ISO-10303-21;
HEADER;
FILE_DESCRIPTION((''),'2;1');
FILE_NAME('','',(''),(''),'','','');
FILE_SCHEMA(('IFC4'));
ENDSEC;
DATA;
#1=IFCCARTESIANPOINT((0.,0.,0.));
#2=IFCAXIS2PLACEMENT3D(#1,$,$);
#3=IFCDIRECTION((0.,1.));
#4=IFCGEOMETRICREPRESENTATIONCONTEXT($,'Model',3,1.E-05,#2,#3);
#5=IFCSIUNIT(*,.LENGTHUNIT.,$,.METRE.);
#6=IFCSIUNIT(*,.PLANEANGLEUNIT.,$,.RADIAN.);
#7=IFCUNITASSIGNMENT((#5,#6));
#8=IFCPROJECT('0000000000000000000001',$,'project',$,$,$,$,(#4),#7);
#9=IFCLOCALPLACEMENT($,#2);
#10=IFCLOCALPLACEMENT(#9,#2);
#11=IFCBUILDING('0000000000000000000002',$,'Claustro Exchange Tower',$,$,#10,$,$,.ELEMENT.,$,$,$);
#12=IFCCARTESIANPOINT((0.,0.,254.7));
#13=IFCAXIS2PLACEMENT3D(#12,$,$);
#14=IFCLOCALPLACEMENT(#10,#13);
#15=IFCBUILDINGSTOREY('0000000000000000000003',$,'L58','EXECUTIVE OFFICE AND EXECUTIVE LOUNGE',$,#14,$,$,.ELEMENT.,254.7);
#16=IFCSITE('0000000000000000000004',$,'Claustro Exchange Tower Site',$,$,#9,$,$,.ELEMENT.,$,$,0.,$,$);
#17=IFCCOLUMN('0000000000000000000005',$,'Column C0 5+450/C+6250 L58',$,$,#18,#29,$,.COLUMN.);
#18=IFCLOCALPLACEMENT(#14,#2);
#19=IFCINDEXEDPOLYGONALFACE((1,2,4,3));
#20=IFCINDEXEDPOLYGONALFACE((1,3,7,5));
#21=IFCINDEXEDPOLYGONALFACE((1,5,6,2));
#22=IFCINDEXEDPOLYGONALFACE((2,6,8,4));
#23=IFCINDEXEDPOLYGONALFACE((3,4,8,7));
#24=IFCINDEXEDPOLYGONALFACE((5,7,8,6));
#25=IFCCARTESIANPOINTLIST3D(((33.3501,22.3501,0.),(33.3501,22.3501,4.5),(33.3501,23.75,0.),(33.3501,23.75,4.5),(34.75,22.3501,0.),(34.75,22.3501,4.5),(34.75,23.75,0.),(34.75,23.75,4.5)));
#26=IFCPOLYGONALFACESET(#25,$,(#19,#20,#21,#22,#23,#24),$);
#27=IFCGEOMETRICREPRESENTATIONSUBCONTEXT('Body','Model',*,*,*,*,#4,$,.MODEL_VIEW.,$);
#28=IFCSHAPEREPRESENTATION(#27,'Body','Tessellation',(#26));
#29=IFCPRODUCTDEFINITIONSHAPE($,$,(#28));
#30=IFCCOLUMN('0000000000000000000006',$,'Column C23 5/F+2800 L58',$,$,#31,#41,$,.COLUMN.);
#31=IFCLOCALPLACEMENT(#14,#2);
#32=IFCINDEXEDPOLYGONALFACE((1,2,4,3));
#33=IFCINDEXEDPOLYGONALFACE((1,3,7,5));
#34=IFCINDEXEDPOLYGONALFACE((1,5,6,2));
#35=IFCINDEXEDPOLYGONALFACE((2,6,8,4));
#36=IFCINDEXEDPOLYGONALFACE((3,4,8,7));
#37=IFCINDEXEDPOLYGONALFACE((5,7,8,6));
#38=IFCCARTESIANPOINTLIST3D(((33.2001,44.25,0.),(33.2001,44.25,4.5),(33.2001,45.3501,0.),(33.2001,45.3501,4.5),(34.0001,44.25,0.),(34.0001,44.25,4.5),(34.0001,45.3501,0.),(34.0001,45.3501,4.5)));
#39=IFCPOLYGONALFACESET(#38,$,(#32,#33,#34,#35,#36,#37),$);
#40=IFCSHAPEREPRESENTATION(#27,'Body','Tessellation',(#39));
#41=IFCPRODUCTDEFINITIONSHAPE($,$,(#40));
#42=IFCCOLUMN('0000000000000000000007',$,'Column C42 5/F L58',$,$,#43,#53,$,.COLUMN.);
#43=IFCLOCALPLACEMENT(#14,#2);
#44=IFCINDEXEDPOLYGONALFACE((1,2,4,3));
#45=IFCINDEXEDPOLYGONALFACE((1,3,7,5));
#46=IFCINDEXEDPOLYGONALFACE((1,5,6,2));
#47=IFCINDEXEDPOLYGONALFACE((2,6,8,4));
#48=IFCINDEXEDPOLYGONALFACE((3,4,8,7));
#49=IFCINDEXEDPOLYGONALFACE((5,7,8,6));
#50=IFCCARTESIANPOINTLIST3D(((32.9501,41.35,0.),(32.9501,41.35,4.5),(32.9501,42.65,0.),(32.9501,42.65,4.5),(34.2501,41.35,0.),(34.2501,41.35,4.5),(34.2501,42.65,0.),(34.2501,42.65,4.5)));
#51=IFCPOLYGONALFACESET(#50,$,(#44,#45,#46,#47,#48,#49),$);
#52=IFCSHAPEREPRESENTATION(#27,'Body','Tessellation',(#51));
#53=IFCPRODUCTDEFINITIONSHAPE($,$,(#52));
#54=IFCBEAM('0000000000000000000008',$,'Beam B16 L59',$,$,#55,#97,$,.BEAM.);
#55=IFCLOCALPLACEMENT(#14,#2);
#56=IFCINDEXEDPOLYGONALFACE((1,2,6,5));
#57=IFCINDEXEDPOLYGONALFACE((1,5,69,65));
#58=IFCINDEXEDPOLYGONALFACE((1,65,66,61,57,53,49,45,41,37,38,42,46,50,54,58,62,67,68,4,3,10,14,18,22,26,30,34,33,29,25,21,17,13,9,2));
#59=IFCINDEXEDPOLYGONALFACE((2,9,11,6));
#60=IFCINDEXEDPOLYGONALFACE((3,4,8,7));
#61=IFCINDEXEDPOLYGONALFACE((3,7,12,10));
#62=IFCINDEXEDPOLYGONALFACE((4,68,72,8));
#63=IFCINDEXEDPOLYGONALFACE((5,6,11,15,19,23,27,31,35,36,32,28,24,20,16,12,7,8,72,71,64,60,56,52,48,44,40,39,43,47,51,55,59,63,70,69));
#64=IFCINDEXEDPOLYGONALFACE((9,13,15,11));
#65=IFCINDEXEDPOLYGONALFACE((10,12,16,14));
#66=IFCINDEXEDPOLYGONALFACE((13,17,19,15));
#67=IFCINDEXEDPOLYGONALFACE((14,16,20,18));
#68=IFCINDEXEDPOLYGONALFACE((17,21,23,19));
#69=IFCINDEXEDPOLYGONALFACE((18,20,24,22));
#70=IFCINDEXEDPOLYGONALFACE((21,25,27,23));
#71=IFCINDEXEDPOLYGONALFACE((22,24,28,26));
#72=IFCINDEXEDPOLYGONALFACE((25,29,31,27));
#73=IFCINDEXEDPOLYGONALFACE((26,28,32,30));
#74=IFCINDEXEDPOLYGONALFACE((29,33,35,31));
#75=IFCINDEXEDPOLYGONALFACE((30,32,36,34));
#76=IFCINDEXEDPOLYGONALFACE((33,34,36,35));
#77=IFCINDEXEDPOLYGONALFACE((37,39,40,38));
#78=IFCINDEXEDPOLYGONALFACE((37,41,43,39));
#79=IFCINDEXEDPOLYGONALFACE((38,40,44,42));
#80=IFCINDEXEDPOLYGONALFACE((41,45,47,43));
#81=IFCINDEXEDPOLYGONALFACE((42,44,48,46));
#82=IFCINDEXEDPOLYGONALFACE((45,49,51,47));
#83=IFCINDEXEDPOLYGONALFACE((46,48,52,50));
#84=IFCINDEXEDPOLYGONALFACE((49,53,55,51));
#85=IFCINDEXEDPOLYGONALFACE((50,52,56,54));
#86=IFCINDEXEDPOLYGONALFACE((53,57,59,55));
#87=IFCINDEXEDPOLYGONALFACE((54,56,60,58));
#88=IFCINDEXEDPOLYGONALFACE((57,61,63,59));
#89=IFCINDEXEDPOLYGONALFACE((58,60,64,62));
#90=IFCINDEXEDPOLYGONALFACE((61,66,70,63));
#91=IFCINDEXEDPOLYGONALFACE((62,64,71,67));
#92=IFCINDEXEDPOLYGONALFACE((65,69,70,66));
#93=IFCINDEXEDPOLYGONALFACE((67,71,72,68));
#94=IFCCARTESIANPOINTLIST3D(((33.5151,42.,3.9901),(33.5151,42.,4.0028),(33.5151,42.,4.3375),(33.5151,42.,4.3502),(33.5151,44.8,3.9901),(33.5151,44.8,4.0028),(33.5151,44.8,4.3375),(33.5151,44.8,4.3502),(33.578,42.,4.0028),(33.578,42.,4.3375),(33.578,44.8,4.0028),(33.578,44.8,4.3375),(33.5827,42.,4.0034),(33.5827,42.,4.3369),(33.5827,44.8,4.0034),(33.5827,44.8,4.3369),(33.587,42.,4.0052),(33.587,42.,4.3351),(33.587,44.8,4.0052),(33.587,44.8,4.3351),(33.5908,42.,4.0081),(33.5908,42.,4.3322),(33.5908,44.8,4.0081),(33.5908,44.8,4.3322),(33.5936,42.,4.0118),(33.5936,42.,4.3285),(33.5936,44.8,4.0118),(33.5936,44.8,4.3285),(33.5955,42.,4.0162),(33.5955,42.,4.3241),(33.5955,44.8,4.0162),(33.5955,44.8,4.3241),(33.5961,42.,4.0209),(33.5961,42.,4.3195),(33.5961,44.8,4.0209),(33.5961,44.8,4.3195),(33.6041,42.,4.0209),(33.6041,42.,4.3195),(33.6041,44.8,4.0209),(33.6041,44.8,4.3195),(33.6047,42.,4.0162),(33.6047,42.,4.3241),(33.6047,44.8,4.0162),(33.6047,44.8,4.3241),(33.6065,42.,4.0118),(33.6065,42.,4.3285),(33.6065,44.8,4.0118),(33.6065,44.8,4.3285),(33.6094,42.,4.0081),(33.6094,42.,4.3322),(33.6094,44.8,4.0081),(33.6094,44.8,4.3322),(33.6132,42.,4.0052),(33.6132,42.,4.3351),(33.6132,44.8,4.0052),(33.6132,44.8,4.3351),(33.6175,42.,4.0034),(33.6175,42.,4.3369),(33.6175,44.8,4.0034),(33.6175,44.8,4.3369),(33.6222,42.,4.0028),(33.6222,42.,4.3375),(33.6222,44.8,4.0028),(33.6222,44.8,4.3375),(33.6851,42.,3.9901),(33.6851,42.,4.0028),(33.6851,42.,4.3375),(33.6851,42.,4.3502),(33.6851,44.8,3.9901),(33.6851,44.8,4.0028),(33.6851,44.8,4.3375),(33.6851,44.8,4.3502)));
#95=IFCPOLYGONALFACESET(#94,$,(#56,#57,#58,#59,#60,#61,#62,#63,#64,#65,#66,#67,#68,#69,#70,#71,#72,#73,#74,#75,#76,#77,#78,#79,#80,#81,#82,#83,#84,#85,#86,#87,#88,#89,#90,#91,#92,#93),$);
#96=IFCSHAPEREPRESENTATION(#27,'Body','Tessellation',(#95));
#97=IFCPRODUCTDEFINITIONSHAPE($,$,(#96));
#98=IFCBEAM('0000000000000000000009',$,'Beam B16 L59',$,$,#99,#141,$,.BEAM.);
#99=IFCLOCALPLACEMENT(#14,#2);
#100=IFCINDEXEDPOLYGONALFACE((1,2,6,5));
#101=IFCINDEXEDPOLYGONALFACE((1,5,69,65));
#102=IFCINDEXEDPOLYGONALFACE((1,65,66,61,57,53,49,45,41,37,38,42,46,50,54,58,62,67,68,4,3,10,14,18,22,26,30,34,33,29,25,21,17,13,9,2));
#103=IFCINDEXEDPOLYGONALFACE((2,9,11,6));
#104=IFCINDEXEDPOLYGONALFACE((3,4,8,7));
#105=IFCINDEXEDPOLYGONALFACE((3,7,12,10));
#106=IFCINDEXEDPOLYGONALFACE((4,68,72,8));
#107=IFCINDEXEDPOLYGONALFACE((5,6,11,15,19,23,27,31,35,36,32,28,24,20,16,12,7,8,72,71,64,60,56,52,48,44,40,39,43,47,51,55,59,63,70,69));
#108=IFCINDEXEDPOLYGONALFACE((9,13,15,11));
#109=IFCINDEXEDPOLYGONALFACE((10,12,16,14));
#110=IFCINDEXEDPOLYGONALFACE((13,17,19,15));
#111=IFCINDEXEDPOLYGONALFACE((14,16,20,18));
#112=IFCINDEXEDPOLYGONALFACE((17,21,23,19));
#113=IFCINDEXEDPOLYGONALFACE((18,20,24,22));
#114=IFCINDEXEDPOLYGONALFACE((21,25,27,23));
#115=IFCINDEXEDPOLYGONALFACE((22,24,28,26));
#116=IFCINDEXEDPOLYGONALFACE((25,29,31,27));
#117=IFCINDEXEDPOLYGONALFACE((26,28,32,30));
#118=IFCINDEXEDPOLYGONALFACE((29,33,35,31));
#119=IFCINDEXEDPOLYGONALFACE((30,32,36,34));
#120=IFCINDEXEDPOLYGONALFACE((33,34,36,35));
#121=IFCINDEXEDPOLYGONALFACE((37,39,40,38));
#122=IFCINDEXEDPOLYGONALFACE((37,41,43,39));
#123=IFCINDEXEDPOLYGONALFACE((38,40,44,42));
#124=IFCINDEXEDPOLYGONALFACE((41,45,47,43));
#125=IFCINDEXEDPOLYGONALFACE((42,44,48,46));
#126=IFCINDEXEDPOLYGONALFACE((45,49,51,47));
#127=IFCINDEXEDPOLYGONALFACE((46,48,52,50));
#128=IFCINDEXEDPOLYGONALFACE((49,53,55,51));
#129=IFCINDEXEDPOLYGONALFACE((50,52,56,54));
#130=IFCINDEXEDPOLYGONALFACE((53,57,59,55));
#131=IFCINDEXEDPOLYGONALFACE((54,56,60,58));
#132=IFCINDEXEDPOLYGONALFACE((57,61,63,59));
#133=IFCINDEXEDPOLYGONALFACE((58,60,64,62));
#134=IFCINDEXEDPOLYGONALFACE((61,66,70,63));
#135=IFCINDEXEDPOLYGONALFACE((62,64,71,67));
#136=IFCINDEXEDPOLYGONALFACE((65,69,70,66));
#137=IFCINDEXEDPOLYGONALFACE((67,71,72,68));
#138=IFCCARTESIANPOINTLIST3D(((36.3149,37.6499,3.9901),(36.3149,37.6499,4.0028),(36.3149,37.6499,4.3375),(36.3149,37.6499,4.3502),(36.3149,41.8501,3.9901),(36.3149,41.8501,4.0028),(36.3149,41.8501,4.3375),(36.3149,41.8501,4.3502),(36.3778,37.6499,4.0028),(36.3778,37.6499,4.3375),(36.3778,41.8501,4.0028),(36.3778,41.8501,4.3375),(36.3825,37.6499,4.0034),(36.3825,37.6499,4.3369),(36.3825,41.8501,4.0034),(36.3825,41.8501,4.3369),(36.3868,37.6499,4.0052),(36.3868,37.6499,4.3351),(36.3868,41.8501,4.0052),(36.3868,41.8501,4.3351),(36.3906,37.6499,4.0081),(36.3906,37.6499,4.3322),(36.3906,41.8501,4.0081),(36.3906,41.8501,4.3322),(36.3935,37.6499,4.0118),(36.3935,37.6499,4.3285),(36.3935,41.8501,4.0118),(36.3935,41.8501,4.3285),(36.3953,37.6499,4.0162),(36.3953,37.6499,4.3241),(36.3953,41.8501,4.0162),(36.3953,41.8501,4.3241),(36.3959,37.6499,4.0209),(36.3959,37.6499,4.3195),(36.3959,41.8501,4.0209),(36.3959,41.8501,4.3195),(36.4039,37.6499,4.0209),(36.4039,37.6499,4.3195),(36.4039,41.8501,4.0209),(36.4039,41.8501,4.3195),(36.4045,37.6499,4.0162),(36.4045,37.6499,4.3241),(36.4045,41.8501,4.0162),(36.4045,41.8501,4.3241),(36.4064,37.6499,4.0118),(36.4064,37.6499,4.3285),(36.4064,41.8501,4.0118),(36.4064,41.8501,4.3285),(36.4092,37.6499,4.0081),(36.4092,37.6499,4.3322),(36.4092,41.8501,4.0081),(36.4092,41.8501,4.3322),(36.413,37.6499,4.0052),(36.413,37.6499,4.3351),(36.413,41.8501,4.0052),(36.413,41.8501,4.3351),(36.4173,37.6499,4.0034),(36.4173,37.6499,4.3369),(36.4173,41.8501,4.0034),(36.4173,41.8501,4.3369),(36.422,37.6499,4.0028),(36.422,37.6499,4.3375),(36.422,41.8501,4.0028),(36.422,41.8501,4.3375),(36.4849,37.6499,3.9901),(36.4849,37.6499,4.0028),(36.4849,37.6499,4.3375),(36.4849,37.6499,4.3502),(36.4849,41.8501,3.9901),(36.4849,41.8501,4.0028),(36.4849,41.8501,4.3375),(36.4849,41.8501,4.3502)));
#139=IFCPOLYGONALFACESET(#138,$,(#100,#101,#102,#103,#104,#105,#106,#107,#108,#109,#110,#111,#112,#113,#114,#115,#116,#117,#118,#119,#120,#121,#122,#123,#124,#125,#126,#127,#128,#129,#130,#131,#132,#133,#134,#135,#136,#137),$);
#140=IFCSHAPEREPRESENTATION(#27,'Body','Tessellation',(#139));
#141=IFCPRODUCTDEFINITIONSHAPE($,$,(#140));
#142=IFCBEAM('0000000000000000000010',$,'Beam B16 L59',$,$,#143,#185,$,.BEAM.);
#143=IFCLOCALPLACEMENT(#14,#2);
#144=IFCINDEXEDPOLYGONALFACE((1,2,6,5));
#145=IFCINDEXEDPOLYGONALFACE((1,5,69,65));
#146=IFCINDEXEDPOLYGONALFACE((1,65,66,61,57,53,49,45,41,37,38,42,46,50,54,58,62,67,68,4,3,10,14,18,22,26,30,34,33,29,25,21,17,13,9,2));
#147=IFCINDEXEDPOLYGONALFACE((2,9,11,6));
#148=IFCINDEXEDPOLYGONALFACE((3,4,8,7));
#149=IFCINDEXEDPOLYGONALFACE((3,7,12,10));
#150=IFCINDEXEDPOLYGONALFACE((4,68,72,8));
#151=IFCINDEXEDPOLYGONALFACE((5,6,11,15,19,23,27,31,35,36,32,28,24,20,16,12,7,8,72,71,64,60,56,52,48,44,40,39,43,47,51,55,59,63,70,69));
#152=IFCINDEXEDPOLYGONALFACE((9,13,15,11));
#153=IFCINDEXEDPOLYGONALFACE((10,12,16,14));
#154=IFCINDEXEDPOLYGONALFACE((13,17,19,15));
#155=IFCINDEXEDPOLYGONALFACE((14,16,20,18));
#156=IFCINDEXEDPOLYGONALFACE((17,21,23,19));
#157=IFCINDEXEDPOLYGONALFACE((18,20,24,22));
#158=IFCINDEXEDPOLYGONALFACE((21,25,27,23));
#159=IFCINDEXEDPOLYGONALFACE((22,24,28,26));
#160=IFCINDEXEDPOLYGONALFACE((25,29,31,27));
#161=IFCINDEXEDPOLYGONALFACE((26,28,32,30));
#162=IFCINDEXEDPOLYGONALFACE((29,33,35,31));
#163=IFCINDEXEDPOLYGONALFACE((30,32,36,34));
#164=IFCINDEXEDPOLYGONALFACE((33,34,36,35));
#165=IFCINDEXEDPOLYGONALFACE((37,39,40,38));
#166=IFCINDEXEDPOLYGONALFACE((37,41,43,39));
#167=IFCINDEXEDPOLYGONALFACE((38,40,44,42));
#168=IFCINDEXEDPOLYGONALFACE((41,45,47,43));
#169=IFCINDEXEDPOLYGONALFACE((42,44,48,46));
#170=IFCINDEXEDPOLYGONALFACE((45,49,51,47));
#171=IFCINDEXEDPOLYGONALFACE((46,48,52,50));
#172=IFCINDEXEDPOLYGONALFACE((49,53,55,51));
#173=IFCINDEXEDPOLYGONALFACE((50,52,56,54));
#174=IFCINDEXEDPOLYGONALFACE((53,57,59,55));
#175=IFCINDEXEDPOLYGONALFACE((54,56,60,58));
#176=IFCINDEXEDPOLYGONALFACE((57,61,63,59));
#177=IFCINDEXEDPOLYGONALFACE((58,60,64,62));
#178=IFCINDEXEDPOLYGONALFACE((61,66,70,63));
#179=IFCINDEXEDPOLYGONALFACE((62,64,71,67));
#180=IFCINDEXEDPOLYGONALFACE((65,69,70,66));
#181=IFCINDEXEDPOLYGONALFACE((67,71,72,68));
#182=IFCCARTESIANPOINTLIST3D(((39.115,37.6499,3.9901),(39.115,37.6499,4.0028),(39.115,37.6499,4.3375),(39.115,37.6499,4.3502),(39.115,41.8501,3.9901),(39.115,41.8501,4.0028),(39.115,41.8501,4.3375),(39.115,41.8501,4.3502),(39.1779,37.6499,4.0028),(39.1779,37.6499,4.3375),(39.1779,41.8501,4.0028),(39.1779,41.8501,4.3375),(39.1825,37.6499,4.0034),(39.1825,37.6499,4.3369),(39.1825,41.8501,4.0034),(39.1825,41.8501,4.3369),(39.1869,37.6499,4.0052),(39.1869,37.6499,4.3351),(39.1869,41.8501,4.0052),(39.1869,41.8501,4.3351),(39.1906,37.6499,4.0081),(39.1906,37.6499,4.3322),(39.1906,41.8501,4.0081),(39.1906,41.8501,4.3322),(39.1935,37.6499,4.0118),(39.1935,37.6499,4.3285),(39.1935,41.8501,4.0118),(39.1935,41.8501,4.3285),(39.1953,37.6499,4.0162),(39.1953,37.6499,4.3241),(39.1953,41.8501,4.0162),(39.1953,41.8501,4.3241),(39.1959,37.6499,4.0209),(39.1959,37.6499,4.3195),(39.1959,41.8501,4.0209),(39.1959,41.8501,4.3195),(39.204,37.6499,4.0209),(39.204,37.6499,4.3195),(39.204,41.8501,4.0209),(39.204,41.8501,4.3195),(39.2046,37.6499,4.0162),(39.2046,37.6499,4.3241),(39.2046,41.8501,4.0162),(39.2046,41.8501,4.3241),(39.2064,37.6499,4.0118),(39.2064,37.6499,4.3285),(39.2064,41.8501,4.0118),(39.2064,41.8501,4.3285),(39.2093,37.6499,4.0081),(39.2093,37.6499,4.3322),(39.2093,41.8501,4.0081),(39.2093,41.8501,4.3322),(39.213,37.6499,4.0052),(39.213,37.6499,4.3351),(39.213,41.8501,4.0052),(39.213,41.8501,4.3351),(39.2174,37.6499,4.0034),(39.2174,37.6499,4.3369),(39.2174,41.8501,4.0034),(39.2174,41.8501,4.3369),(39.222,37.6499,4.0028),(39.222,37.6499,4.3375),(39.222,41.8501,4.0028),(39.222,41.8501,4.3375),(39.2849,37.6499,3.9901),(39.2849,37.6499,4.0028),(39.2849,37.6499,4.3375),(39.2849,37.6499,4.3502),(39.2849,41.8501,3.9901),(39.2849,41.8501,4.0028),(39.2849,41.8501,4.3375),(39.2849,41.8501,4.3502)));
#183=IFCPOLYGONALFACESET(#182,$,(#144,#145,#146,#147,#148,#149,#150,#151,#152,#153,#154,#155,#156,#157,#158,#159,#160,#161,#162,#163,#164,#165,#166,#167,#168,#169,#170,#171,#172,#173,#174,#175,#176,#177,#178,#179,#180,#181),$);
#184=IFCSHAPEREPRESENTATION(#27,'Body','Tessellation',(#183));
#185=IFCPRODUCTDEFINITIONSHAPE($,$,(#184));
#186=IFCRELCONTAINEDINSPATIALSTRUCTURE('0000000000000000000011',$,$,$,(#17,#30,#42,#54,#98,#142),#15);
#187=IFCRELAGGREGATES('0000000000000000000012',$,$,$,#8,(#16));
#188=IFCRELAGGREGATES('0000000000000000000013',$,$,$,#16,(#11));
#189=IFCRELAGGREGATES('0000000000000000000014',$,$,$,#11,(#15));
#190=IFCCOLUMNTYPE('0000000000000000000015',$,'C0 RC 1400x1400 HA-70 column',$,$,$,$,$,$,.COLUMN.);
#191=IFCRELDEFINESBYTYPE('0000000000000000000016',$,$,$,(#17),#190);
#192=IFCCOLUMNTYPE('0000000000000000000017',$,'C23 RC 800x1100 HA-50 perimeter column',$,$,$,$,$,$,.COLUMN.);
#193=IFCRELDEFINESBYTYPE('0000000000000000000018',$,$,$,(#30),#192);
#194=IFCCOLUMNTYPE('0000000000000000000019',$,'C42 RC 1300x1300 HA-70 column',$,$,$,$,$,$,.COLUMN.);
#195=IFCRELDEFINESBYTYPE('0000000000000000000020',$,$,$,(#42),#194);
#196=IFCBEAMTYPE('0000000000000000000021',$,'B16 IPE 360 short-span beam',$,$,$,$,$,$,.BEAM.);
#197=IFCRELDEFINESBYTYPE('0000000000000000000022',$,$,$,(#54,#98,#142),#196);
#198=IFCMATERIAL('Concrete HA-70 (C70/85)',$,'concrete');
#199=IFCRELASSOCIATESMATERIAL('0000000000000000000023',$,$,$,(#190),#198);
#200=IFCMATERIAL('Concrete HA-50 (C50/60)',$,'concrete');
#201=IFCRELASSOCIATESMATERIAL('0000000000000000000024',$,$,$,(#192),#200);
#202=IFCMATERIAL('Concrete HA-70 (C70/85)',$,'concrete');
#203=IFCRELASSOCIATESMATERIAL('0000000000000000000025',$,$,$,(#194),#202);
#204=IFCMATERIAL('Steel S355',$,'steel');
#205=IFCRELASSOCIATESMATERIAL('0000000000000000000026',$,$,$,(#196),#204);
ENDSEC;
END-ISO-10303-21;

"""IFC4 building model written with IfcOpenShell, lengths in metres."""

from ifc_helpers import new_model, si_unit, direction, frame, origin, origin_2d, place, context, subcontext, project, spatial, rectangle, i_section, extrude, material, material_profile, profile_set, type_object, element, save


model = new_model("IFC4")

# Units and contexts
model_context = context("Model", 3, precision=1e-05, world=origin(), true_north=direction((0.0, 1.0)))
body_context = subcontext(model_context, "Body", "Model", "MODEL_VIEW")
ifc_project = project(units=[si_unit("LENGTHUNIT", "METRE"), si_unit("PLANEANGLEUNIT", "RADIAN")], contexts=[model_context])

# Site, building, storey
site_placement = place(None, origin())
site = spatial("IfcSite", under=ifc_project, at=site_placement, Name="Claustro Exchange Tower Site", CompositionType="ELEMENT", RefElevation=0.0)
building_placement = place(site_placement, origin())
building = spatial("IfcBuilding", under=site, at=building_placement, Name="Claustro Exchange Tower", CompositionType="ELEMENT")
storey_placement = place(building_placement, frame((0.0, 0.0, 254.7)))
storey = spatial("IfcBuildingStorey", under=building, at=storey_placement, Name="L58", Description="EXECUTIVE OFFICE AND EXECUTIVE LOUNGE", CompositionType="ELEMENT", Elevation=254.7)

# Columns
ifc_material_1 = material(Name="Concrete HA-70 (C70/85)", Category="concrete")
ifc_material_profile_1 = material_profile(ifc_material_1, rectangle(XDim=1.3999, YDim=1.3999, at=origin_2d()), Name="RC 1400x1400")
ifc_profile_set_1 = profile_set([ifc_material_profile_1], Name="Concrete HA-70 (C70/85)")
column_type_1 = type_object("IfcColumnType", Name="C0 RC 1400x1400 HA-70 column", PredefinedType="COLUMN", material=ifc_profile_set_1)
column_1_placement = place(storey_placement, frame((34.05, 23.05, 0.0), z_axis=(0.0, 0.0, 1.0), x_axis=(1.0, 0.0, 0.0)))
element("IfcColumn", 1, at=column_1_placement, inside=storey, type_object=column_type_1, Name="Column C0 5+450/C+6250 L58", PredefinedType="COLUMN", context=body_context, shape_type="SweptSolid", body=[
    extrude(rectangle(XDim=1.3999, YDim=1.3999, at=origin_2d()), origin(), (0.0, 0.0, 1.0), 4.5),
])
ifc_material_2 = material(Name="Concrete HA-50 (C50/60)", Category="concrete")
ifc_material_profile_2 = material_profile(ifc_material_2, rectangle(XDim=0.8, YDim=1.1001, at=origin_2d()), Name="RC 800x1100")
ifc_profile_set_2 = profile_set([ifc_material_profile_2], Name="Concrete HA-50 (C50/60)")
column_type_2 = type_object("IfcColumnType", Name="C23 RC 800x1100 HA-50 perimeter column", PredefinedType="COLUMN", material=ifc_profile_set_2)
column_2_placement = place(storey_placement, frame((33.6001, 44.8, 0.0), z_axis=(0.0, 0.0, 1.0), x_axis=(1.0, 0.0, 0.0)))
element("IfcColumn", 2, at=column_2_placement, inside=storey, type_object=column_type_2, Name="Column C23 5/F+2800 L58", PredefinedType="COLUMN", context=body_context, shape_type="SweptSolid", body=[
    extrude(rectangle(XDim=0.8, YDim=1.1001, at=origin_2d()), origin(), (0.0, 0.0, 1.0), 4.5),
])
ifc_material_3 = material(Name="Concrete HA-70 (C70/85)", Category="concrete")
ifc_material_profile_3 = material_profile(ifc_material_3, rectangle(XDim=1.3, YDim=1.3, at=origin_2d()), Name="RC 1300x1300")
ifc_profile_set_3 = profile_set([ifc_material_profile_3], Name="Concrete HA-70 (C70/85)")
column_type_3 = type_object("IfcColumnType", Name="C42 RC 1300x1300 HA-70 column", PredefinedType="COLUMN", material=ifc_profile_set_3)
column_3_placement = place(storey_placement, frame((33.6001, 42.0, 0.0), z_axis=(0.0, 0.0, 1.0), x_axis=(1.0, 0.0, 0.0)))
element("IfcColumn", 3, at=column_3_placement, inside=storey, type_object=column_type_3, Name="Column C42 5/F L58", PredefinedType="COLUMN", context=body_context, shape_type="SweptSolid", body=[
    extrude(rectangle(XDim=1.3, YDim=1.3, at=origin_2d()), origin(), (0.0, 0.0, 1.0), 4.5),
])

# Beams
ifc_material_4 = material(Name="Steel S355", Category="steel")
ifc_material_profile_4 = material_profile(ifc_material_4, i_section(OverallWidth=0.1699, OverallDepth=0.3601, WebThickness=0.0081, FlangeThickness=0.0127, FilletRadius=0.0181, at=origin_2d()), Name="IPE 360")
ifc_profile_set_4 = profile_set([ifc_material_profile_4], Name="Steel S355")
beam_type_1 = type_object("IfcBeamType", Name="B16 IPE 360 short-span beam", PredefinedType="BEAM", material=ifc_profile_set_4)
beam_1_placement = place(storey_placement, frame((33.6001, 42.0, 4.1702), z_axis=(0.0, 1.0, 0.0), x_axis=(-1.0, 0.0, 0.0)))
element("IfcBeam", 4, at=beam_1_placement, inside=storey, type_object=beam_type_1, Name="Beam B16 L59", PredefinedType="BEAM", context=body_context, shape_type="SweptSolid", body=[
    extrude(i_section(OverallWidth=0.1699, OverallDepth=0.3601, WebThickness=0.0081, FlangeThickness=0.0127, FilletRadius=0.0181, at=origin_2d()), origin(), (0.0, 0.0, 1.0), 2.8),
])
for number, where, z_axis, x_axis, name in (
    (5, (36.3999, 37.6499, 4.1702), (0.0, 1.0, 0.0), (-1.0, 0.0, 0.0), "Beam B16 L59"),
    (6, (39.2, 37.6499, 4.1702), (0.0, 1.0, 0.0), (-1.0, 0.0, 0.0), "Beam B16 L59"),
):
    element("IfcBeam", number, at=place(storey_placement, frame(where, z_axis=z_axis, x_axis=x_axis)), inside=storey, type_object=beam_type_1, Name=name, PredefinedType="BEAM", context=body_context, shape_type="SweptSolid", body=[
        extrude(i_section(OverallWidth=0.1699, OverallDepth=0.3601, WebThickness=0.0081, FlangeThickness=0.0127, FilletRadius=0.0181, at=origin_2d()), origin(), (0.0, 0.0, 1.0), 4.2002),
    ])

save(model, "model.ifc")
